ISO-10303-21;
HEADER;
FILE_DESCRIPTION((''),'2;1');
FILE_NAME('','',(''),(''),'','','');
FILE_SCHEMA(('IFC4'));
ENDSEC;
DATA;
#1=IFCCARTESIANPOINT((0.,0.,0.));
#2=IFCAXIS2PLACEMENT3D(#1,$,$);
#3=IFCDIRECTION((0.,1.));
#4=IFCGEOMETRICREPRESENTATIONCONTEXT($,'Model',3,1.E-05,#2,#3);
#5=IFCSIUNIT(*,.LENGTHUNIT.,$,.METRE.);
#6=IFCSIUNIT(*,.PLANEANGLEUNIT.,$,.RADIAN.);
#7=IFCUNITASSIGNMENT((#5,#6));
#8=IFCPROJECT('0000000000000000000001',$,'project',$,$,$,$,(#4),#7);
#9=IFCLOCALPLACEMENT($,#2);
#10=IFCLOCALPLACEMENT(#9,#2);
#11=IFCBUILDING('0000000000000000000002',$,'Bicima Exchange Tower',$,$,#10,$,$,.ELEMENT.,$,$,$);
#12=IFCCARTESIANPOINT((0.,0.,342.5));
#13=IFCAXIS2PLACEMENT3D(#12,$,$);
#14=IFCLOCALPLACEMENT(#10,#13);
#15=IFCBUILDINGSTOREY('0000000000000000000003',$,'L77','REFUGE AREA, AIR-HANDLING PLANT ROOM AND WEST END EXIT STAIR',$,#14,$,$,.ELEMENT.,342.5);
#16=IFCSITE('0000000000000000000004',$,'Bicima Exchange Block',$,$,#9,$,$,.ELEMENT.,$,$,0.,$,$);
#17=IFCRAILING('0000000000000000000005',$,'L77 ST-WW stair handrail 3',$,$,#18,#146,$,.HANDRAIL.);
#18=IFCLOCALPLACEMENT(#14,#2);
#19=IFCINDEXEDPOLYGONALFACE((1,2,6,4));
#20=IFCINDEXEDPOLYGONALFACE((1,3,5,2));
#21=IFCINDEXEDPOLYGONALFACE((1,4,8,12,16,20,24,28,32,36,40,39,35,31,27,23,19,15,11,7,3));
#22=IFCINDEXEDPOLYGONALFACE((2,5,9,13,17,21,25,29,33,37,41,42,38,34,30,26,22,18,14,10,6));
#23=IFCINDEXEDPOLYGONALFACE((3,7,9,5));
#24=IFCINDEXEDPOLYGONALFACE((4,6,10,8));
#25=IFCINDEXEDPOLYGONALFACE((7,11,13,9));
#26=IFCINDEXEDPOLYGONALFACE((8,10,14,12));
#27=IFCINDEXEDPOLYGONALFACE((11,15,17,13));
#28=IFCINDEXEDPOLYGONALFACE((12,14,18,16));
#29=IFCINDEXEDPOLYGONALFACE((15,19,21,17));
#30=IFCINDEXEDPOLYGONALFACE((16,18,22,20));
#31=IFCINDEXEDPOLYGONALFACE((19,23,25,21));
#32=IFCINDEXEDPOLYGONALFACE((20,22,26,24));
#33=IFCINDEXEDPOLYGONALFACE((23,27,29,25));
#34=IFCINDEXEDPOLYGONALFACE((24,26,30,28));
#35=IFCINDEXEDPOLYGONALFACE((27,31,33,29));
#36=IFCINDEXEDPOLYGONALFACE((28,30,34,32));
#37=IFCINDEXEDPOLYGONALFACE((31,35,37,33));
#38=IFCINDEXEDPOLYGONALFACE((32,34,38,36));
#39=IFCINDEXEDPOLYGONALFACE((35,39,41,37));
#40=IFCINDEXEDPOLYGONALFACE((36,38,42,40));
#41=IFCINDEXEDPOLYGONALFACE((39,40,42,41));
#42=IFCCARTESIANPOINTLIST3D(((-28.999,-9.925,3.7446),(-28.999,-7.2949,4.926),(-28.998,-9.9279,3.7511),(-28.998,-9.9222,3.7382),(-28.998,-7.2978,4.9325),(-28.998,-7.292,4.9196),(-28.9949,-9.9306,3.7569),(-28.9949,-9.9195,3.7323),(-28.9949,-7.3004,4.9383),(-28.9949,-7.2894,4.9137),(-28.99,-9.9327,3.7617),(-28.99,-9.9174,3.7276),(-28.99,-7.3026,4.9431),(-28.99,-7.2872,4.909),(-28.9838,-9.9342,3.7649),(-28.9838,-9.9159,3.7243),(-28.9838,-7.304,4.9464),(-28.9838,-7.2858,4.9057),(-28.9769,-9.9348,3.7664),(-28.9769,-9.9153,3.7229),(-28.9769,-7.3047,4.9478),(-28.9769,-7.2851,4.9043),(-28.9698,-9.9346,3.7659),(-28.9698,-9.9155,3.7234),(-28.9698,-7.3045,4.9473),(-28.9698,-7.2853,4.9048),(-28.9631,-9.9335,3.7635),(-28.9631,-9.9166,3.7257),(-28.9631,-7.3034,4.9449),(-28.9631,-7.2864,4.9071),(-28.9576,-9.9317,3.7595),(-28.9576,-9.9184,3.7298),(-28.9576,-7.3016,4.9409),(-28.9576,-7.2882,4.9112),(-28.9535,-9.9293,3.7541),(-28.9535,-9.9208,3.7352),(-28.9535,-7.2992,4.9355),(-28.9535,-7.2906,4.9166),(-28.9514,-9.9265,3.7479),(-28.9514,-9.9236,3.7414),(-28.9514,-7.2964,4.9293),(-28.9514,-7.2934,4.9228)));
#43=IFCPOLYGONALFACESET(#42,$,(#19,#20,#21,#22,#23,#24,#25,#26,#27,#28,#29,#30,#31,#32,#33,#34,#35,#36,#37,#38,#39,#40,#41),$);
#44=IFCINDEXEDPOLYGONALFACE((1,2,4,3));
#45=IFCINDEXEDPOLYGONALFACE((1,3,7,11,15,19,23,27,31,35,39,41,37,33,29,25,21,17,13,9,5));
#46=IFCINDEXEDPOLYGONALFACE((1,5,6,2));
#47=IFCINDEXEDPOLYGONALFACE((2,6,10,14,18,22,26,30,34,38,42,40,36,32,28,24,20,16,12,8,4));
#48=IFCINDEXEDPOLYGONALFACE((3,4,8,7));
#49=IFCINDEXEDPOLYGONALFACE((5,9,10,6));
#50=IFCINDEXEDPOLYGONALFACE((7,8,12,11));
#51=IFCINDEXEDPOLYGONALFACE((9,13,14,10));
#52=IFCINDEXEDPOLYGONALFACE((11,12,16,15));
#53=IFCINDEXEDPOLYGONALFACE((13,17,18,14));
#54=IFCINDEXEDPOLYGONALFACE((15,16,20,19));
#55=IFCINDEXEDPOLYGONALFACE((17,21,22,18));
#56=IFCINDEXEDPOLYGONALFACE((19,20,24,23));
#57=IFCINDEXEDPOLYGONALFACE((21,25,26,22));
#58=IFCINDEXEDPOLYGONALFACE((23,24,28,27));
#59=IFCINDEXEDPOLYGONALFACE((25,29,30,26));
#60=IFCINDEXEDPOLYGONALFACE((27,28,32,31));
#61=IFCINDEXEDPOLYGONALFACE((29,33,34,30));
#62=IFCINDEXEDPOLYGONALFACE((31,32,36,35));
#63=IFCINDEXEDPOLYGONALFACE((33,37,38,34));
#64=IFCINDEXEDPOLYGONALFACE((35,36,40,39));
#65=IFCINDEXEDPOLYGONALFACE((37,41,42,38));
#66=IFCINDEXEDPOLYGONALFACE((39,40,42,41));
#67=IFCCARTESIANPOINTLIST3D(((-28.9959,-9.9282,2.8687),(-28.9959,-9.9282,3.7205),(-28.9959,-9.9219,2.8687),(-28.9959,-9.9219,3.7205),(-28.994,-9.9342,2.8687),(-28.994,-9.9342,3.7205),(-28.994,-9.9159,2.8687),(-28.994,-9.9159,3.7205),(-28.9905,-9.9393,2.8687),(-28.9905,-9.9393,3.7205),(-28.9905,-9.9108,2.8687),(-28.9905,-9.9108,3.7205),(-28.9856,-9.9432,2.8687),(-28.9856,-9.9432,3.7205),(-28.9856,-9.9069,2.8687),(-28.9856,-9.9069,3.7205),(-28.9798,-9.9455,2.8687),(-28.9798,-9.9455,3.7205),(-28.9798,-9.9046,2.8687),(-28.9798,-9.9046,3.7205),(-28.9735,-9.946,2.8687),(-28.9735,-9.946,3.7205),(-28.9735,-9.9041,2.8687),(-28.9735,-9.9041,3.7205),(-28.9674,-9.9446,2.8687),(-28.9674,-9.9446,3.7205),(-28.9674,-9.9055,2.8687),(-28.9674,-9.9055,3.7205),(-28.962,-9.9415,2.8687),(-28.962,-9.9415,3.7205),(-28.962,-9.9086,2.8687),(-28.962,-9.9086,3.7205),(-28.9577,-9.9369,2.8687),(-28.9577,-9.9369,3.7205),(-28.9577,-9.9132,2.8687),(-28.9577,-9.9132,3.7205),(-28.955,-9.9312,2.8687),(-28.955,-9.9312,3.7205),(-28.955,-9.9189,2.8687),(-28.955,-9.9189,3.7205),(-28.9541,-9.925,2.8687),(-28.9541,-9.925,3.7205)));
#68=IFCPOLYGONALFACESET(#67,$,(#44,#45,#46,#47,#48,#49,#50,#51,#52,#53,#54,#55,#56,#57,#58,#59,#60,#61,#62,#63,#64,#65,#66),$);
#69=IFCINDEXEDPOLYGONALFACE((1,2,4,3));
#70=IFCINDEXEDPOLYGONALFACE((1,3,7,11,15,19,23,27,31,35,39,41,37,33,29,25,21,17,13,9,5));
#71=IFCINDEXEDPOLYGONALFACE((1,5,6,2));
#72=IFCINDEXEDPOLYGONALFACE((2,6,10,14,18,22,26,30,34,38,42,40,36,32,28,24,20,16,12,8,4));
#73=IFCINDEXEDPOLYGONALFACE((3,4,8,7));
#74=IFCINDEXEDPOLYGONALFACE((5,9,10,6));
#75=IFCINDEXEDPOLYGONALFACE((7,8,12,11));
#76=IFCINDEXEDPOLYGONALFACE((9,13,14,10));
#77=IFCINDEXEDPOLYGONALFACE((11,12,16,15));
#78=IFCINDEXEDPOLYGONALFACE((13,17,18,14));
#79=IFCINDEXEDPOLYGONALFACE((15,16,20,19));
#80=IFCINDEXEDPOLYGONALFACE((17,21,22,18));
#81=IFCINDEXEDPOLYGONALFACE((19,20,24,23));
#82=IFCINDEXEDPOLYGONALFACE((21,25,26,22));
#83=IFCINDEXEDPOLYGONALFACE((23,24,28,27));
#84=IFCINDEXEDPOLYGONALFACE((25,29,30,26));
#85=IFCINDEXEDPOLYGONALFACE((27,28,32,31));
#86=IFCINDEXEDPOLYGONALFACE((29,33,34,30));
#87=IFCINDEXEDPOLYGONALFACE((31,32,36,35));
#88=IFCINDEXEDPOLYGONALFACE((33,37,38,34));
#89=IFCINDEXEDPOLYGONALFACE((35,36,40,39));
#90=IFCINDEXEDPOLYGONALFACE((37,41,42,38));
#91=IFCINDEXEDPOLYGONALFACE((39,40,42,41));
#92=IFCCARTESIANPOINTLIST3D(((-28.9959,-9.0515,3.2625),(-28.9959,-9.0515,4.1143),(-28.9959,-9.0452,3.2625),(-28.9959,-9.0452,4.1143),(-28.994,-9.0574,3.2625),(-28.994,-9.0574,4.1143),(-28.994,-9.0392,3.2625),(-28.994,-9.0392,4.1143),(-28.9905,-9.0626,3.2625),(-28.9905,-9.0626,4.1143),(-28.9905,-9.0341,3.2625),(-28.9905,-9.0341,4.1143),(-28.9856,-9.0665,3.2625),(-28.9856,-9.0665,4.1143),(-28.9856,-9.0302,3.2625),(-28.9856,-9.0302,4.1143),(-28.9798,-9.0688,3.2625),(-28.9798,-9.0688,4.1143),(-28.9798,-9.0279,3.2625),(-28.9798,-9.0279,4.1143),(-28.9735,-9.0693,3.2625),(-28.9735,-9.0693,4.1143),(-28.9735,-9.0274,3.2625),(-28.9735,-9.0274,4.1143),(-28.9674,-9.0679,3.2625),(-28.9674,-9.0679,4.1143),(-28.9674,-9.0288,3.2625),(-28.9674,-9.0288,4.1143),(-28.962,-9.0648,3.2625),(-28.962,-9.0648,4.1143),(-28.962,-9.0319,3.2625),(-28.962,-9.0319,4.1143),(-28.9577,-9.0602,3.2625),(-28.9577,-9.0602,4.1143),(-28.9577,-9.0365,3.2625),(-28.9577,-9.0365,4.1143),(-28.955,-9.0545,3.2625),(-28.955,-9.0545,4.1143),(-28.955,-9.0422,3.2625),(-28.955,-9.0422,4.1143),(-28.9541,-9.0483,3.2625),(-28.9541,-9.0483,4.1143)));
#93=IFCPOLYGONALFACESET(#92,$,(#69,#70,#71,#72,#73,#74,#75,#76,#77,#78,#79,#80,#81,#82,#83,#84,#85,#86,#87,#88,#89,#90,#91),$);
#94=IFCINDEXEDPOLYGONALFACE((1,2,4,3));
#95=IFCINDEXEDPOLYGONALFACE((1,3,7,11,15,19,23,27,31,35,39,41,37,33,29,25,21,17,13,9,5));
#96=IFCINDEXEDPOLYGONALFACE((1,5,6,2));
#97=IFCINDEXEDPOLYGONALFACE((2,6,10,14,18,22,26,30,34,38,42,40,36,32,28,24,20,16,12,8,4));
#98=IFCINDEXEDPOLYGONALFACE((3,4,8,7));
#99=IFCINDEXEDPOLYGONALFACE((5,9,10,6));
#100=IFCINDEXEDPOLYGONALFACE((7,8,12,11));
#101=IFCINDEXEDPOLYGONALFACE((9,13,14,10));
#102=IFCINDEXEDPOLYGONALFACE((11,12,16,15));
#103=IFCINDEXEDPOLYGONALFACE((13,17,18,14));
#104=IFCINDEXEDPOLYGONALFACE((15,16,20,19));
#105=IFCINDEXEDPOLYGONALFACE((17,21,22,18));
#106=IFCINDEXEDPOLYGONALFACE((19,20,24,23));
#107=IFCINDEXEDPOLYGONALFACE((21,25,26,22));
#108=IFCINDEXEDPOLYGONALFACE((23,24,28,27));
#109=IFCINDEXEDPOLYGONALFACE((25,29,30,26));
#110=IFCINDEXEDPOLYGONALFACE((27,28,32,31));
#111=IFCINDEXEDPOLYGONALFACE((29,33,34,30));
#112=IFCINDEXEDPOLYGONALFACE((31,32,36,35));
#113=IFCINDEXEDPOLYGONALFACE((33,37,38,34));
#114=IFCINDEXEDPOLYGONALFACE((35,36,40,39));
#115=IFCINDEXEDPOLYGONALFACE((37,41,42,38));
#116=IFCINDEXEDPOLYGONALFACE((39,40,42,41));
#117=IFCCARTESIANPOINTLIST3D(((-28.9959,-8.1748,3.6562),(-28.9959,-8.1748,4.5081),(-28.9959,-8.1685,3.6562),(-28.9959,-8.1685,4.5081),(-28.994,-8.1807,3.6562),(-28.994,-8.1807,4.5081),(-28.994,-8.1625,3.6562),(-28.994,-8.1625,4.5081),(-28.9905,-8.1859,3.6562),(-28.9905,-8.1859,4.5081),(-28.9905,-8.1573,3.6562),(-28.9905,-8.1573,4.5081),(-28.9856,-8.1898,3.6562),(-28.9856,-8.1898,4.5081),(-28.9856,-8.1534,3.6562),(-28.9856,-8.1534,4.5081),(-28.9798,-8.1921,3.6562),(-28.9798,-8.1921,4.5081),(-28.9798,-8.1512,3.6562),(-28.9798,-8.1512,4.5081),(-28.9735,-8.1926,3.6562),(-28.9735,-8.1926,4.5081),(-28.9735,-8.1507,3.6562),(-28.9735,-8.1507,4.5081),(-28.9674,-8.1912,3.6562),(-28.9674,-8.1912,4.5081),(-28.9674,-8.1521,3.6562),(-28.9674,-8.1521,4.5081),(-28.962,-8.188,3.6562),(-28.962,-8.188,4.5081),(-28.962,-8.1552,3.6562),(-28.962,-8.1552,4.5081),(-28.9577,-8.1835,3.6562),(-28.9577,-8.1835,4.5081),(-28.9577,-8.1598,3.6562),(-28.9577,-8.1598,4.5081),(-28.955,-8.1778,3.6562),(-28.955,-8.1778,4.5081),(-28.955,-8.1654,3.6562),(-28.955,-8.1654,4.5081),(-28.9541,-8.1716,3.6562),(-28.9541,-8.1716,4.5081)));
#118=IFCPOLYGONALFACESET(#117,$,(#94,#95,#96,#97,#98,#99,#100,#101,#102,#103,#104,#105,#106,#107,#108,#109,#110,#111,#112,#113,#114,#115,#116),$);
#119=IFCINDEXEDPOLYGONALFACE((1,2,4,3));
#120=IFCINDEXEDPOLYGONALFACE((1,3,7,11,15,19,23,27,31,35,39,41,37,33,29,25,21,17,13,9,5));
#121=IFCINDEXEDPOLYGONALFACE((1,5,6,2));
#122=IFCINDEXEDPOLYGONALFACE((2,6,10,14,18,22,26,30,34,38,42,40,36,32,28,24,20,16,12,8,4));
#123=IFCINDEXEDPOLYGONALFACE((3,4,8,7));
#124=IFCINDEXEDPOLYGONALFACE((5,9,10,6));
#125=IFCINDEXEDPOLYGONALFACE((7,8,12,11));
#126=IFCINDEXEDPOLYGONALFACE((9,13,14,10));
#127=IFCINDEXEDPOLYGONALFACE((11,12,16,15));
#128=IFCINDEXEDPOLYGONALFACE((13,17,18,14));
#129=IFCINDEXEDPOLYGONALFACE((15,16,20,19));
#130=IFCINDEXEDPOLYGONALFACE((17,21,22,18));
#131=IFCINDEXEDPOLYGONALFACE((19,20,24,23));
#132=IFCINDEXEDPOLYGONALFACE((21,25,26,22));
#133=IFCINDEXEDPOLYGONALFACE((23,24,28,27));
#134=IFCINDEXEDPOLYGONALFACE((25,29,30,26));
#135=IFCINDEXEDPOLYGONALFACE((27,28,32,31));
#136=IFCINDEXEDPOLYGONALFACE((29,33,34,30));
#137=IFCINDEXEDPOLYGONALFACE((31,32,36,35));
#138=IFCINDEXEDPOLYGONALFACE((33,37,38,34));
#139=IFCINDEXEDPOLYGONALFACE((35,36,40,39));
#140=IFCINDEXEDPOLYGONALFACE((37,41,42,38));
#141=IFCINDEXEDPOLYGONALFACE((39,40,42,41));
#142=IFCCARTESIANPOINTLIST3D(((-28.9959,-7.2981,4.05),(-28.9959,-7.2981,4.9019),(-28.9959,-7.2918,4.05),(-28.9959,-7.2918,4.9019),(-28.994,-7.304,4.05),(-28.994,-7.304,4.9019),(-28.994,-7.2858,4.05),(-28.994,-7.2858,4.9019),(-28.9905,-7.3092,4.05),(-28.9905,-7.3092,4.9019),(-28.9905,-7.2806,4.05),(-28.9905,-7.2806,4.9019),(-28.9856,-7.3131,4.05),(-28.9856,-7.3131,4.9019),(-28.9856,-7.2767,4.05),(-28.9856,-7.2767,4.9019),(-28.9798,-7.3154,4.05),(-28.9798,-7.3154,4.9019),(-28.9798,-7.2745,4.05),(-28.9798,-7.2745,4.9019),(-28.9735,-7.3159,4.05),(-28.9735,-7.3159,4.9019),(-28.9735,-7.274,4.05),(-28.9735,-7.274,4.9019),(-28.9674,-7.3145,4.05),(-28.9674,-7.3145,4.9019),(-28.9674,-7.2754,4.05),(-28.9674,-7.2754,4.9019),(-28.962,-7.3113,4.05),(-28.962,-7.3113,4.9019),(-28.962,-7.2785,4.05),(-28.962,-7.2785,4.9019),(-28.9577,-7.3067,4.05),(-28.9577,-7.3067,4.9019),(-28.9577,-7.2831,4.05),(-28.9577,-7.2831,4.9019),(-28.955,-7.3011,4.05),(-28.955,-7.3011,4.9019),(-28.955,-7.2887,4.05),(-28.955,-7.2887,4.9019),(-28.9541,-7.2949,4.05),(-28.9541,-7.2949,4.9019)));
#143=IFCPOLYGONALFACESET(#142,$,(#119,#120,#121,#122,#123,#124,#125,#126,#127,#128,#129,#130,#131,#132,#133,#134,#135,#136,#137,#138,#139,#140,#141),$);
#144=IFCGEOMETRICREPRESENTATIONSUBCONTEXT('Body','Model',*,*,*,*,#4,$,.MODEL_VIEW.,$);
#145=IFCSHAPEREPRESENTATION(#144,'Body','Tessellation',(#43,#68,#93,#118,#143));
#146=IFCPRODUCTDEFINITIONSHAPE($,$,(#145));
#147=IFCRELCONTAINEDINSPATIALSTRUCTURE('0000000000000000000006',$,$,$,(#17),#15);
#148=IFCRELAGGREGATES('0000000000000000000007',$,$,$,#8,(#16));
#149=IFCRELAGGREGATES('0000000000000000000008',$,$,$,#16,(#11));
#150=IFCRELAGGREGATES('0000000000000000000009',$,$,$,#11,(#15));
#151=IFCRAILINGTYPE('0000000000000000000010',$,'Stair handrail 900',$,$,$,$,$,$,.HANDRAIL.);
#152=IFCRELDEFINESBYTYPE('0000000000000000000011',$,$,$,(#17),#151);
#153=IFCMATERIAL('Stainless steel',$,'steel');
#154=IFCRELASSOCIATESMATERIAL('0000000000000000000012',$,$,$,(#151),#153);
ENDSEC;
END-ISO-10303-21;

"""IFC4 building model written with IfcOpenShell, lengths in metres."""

from ifc_helpers import new_model, si_unit, direction, frame, origin, origin_2d, place, context, subcontext, project, spatial, circle, extrude, material, type_object, element, save


model = new_model("IFC4")

# Units and contexts
model_context = context("Model", 3, precision=1e-05, world=origin(), true_north=direction((0.0, 1.0)))
body_context = subcontext(model_context, "Body", "Model", "MODEL_VIEW")
ifc_project = project(units=[si_unit("LENGTHUNIT", "METRE"), si_unit("PLANEANGLEUNIT", "RADIAN")], contexts=[model_context])

# Site, building, storey
site_placement = place(None, origin())
site = spatial("IfcSite", under=ifc_project, at=site_placement, Name="Bicima Exchange Block", CompositionType="ELEMENT", RefElevation=0.0)
building_placement = place(site_placement, origin())
building = spatial("IfcBuilding", under=site, at=building_placement, Name="Bicima Exchange Tower", CompositionType="ELEMENT")
storey_placement = place(building_placement, frame((0.0, 0.0, 342.5)))
storey = spatial("IfcBuildingStorey", under=building, at=storey_placement, Name="L77", Description="REFUGE AREA, AIR-HANDLING PLANT ROOM AND WEST END EXIT STAIR", CompositionType="ELEMENT", Elevation=342.5)

# Railing
ifc_material_1 = material(Name="Stainless steel", Category="steel")
railing_type_1 = type_object("IfcRailingType", Name="Stair handrail 900", PredefinedType="HANDRAIL", material=ifc_material_1)
railing_1_placement = place(storey_placement, frame((-28.9751, -9.925, 2.8687)))
element("IfcRailing", 1, at=railing_1_placement, inside=storey, type_object=railing_type_1, Name="L77 ST-WW stair handrail 3", PredefinedType="HANDRAIL", context=body_context, shape_type="SweptSolid", body=[
    extrude(circle(Radius=0.0239, at=origin_2d()), frame((0.0, 0.0, 0.876), z_axis=(0.0, 0.912202, 0.409741), x_axis=(-1.0, 0.0, 0.0)), (0.0, 0.0, 1.0), 2.8833),
    extrude(circle(Radius=0.021, at=origin_2d()), origin(), (0.0, 0.0, 1.0), 0.8518),
    extrude(circle(Radius=0.021, at=origin_2d()), frame((0.0, 0.8767, 0.3938)), (0.0, 0.0, 1.0), 0.8518),
    extrude(circle(Radius=0.021, at=origin_2d()), frame((0.0, 1.7534, 0.7876)), (0.0, 0.0, 1.0), 0.8518),
    extrude(circle(Radius=0.021, at=origin_2d()), frame((0.0, 2.6301, 1.1814)), (0.0, 0.0, 1.0), 0.8518),
])

save(model, "model.ifc")
